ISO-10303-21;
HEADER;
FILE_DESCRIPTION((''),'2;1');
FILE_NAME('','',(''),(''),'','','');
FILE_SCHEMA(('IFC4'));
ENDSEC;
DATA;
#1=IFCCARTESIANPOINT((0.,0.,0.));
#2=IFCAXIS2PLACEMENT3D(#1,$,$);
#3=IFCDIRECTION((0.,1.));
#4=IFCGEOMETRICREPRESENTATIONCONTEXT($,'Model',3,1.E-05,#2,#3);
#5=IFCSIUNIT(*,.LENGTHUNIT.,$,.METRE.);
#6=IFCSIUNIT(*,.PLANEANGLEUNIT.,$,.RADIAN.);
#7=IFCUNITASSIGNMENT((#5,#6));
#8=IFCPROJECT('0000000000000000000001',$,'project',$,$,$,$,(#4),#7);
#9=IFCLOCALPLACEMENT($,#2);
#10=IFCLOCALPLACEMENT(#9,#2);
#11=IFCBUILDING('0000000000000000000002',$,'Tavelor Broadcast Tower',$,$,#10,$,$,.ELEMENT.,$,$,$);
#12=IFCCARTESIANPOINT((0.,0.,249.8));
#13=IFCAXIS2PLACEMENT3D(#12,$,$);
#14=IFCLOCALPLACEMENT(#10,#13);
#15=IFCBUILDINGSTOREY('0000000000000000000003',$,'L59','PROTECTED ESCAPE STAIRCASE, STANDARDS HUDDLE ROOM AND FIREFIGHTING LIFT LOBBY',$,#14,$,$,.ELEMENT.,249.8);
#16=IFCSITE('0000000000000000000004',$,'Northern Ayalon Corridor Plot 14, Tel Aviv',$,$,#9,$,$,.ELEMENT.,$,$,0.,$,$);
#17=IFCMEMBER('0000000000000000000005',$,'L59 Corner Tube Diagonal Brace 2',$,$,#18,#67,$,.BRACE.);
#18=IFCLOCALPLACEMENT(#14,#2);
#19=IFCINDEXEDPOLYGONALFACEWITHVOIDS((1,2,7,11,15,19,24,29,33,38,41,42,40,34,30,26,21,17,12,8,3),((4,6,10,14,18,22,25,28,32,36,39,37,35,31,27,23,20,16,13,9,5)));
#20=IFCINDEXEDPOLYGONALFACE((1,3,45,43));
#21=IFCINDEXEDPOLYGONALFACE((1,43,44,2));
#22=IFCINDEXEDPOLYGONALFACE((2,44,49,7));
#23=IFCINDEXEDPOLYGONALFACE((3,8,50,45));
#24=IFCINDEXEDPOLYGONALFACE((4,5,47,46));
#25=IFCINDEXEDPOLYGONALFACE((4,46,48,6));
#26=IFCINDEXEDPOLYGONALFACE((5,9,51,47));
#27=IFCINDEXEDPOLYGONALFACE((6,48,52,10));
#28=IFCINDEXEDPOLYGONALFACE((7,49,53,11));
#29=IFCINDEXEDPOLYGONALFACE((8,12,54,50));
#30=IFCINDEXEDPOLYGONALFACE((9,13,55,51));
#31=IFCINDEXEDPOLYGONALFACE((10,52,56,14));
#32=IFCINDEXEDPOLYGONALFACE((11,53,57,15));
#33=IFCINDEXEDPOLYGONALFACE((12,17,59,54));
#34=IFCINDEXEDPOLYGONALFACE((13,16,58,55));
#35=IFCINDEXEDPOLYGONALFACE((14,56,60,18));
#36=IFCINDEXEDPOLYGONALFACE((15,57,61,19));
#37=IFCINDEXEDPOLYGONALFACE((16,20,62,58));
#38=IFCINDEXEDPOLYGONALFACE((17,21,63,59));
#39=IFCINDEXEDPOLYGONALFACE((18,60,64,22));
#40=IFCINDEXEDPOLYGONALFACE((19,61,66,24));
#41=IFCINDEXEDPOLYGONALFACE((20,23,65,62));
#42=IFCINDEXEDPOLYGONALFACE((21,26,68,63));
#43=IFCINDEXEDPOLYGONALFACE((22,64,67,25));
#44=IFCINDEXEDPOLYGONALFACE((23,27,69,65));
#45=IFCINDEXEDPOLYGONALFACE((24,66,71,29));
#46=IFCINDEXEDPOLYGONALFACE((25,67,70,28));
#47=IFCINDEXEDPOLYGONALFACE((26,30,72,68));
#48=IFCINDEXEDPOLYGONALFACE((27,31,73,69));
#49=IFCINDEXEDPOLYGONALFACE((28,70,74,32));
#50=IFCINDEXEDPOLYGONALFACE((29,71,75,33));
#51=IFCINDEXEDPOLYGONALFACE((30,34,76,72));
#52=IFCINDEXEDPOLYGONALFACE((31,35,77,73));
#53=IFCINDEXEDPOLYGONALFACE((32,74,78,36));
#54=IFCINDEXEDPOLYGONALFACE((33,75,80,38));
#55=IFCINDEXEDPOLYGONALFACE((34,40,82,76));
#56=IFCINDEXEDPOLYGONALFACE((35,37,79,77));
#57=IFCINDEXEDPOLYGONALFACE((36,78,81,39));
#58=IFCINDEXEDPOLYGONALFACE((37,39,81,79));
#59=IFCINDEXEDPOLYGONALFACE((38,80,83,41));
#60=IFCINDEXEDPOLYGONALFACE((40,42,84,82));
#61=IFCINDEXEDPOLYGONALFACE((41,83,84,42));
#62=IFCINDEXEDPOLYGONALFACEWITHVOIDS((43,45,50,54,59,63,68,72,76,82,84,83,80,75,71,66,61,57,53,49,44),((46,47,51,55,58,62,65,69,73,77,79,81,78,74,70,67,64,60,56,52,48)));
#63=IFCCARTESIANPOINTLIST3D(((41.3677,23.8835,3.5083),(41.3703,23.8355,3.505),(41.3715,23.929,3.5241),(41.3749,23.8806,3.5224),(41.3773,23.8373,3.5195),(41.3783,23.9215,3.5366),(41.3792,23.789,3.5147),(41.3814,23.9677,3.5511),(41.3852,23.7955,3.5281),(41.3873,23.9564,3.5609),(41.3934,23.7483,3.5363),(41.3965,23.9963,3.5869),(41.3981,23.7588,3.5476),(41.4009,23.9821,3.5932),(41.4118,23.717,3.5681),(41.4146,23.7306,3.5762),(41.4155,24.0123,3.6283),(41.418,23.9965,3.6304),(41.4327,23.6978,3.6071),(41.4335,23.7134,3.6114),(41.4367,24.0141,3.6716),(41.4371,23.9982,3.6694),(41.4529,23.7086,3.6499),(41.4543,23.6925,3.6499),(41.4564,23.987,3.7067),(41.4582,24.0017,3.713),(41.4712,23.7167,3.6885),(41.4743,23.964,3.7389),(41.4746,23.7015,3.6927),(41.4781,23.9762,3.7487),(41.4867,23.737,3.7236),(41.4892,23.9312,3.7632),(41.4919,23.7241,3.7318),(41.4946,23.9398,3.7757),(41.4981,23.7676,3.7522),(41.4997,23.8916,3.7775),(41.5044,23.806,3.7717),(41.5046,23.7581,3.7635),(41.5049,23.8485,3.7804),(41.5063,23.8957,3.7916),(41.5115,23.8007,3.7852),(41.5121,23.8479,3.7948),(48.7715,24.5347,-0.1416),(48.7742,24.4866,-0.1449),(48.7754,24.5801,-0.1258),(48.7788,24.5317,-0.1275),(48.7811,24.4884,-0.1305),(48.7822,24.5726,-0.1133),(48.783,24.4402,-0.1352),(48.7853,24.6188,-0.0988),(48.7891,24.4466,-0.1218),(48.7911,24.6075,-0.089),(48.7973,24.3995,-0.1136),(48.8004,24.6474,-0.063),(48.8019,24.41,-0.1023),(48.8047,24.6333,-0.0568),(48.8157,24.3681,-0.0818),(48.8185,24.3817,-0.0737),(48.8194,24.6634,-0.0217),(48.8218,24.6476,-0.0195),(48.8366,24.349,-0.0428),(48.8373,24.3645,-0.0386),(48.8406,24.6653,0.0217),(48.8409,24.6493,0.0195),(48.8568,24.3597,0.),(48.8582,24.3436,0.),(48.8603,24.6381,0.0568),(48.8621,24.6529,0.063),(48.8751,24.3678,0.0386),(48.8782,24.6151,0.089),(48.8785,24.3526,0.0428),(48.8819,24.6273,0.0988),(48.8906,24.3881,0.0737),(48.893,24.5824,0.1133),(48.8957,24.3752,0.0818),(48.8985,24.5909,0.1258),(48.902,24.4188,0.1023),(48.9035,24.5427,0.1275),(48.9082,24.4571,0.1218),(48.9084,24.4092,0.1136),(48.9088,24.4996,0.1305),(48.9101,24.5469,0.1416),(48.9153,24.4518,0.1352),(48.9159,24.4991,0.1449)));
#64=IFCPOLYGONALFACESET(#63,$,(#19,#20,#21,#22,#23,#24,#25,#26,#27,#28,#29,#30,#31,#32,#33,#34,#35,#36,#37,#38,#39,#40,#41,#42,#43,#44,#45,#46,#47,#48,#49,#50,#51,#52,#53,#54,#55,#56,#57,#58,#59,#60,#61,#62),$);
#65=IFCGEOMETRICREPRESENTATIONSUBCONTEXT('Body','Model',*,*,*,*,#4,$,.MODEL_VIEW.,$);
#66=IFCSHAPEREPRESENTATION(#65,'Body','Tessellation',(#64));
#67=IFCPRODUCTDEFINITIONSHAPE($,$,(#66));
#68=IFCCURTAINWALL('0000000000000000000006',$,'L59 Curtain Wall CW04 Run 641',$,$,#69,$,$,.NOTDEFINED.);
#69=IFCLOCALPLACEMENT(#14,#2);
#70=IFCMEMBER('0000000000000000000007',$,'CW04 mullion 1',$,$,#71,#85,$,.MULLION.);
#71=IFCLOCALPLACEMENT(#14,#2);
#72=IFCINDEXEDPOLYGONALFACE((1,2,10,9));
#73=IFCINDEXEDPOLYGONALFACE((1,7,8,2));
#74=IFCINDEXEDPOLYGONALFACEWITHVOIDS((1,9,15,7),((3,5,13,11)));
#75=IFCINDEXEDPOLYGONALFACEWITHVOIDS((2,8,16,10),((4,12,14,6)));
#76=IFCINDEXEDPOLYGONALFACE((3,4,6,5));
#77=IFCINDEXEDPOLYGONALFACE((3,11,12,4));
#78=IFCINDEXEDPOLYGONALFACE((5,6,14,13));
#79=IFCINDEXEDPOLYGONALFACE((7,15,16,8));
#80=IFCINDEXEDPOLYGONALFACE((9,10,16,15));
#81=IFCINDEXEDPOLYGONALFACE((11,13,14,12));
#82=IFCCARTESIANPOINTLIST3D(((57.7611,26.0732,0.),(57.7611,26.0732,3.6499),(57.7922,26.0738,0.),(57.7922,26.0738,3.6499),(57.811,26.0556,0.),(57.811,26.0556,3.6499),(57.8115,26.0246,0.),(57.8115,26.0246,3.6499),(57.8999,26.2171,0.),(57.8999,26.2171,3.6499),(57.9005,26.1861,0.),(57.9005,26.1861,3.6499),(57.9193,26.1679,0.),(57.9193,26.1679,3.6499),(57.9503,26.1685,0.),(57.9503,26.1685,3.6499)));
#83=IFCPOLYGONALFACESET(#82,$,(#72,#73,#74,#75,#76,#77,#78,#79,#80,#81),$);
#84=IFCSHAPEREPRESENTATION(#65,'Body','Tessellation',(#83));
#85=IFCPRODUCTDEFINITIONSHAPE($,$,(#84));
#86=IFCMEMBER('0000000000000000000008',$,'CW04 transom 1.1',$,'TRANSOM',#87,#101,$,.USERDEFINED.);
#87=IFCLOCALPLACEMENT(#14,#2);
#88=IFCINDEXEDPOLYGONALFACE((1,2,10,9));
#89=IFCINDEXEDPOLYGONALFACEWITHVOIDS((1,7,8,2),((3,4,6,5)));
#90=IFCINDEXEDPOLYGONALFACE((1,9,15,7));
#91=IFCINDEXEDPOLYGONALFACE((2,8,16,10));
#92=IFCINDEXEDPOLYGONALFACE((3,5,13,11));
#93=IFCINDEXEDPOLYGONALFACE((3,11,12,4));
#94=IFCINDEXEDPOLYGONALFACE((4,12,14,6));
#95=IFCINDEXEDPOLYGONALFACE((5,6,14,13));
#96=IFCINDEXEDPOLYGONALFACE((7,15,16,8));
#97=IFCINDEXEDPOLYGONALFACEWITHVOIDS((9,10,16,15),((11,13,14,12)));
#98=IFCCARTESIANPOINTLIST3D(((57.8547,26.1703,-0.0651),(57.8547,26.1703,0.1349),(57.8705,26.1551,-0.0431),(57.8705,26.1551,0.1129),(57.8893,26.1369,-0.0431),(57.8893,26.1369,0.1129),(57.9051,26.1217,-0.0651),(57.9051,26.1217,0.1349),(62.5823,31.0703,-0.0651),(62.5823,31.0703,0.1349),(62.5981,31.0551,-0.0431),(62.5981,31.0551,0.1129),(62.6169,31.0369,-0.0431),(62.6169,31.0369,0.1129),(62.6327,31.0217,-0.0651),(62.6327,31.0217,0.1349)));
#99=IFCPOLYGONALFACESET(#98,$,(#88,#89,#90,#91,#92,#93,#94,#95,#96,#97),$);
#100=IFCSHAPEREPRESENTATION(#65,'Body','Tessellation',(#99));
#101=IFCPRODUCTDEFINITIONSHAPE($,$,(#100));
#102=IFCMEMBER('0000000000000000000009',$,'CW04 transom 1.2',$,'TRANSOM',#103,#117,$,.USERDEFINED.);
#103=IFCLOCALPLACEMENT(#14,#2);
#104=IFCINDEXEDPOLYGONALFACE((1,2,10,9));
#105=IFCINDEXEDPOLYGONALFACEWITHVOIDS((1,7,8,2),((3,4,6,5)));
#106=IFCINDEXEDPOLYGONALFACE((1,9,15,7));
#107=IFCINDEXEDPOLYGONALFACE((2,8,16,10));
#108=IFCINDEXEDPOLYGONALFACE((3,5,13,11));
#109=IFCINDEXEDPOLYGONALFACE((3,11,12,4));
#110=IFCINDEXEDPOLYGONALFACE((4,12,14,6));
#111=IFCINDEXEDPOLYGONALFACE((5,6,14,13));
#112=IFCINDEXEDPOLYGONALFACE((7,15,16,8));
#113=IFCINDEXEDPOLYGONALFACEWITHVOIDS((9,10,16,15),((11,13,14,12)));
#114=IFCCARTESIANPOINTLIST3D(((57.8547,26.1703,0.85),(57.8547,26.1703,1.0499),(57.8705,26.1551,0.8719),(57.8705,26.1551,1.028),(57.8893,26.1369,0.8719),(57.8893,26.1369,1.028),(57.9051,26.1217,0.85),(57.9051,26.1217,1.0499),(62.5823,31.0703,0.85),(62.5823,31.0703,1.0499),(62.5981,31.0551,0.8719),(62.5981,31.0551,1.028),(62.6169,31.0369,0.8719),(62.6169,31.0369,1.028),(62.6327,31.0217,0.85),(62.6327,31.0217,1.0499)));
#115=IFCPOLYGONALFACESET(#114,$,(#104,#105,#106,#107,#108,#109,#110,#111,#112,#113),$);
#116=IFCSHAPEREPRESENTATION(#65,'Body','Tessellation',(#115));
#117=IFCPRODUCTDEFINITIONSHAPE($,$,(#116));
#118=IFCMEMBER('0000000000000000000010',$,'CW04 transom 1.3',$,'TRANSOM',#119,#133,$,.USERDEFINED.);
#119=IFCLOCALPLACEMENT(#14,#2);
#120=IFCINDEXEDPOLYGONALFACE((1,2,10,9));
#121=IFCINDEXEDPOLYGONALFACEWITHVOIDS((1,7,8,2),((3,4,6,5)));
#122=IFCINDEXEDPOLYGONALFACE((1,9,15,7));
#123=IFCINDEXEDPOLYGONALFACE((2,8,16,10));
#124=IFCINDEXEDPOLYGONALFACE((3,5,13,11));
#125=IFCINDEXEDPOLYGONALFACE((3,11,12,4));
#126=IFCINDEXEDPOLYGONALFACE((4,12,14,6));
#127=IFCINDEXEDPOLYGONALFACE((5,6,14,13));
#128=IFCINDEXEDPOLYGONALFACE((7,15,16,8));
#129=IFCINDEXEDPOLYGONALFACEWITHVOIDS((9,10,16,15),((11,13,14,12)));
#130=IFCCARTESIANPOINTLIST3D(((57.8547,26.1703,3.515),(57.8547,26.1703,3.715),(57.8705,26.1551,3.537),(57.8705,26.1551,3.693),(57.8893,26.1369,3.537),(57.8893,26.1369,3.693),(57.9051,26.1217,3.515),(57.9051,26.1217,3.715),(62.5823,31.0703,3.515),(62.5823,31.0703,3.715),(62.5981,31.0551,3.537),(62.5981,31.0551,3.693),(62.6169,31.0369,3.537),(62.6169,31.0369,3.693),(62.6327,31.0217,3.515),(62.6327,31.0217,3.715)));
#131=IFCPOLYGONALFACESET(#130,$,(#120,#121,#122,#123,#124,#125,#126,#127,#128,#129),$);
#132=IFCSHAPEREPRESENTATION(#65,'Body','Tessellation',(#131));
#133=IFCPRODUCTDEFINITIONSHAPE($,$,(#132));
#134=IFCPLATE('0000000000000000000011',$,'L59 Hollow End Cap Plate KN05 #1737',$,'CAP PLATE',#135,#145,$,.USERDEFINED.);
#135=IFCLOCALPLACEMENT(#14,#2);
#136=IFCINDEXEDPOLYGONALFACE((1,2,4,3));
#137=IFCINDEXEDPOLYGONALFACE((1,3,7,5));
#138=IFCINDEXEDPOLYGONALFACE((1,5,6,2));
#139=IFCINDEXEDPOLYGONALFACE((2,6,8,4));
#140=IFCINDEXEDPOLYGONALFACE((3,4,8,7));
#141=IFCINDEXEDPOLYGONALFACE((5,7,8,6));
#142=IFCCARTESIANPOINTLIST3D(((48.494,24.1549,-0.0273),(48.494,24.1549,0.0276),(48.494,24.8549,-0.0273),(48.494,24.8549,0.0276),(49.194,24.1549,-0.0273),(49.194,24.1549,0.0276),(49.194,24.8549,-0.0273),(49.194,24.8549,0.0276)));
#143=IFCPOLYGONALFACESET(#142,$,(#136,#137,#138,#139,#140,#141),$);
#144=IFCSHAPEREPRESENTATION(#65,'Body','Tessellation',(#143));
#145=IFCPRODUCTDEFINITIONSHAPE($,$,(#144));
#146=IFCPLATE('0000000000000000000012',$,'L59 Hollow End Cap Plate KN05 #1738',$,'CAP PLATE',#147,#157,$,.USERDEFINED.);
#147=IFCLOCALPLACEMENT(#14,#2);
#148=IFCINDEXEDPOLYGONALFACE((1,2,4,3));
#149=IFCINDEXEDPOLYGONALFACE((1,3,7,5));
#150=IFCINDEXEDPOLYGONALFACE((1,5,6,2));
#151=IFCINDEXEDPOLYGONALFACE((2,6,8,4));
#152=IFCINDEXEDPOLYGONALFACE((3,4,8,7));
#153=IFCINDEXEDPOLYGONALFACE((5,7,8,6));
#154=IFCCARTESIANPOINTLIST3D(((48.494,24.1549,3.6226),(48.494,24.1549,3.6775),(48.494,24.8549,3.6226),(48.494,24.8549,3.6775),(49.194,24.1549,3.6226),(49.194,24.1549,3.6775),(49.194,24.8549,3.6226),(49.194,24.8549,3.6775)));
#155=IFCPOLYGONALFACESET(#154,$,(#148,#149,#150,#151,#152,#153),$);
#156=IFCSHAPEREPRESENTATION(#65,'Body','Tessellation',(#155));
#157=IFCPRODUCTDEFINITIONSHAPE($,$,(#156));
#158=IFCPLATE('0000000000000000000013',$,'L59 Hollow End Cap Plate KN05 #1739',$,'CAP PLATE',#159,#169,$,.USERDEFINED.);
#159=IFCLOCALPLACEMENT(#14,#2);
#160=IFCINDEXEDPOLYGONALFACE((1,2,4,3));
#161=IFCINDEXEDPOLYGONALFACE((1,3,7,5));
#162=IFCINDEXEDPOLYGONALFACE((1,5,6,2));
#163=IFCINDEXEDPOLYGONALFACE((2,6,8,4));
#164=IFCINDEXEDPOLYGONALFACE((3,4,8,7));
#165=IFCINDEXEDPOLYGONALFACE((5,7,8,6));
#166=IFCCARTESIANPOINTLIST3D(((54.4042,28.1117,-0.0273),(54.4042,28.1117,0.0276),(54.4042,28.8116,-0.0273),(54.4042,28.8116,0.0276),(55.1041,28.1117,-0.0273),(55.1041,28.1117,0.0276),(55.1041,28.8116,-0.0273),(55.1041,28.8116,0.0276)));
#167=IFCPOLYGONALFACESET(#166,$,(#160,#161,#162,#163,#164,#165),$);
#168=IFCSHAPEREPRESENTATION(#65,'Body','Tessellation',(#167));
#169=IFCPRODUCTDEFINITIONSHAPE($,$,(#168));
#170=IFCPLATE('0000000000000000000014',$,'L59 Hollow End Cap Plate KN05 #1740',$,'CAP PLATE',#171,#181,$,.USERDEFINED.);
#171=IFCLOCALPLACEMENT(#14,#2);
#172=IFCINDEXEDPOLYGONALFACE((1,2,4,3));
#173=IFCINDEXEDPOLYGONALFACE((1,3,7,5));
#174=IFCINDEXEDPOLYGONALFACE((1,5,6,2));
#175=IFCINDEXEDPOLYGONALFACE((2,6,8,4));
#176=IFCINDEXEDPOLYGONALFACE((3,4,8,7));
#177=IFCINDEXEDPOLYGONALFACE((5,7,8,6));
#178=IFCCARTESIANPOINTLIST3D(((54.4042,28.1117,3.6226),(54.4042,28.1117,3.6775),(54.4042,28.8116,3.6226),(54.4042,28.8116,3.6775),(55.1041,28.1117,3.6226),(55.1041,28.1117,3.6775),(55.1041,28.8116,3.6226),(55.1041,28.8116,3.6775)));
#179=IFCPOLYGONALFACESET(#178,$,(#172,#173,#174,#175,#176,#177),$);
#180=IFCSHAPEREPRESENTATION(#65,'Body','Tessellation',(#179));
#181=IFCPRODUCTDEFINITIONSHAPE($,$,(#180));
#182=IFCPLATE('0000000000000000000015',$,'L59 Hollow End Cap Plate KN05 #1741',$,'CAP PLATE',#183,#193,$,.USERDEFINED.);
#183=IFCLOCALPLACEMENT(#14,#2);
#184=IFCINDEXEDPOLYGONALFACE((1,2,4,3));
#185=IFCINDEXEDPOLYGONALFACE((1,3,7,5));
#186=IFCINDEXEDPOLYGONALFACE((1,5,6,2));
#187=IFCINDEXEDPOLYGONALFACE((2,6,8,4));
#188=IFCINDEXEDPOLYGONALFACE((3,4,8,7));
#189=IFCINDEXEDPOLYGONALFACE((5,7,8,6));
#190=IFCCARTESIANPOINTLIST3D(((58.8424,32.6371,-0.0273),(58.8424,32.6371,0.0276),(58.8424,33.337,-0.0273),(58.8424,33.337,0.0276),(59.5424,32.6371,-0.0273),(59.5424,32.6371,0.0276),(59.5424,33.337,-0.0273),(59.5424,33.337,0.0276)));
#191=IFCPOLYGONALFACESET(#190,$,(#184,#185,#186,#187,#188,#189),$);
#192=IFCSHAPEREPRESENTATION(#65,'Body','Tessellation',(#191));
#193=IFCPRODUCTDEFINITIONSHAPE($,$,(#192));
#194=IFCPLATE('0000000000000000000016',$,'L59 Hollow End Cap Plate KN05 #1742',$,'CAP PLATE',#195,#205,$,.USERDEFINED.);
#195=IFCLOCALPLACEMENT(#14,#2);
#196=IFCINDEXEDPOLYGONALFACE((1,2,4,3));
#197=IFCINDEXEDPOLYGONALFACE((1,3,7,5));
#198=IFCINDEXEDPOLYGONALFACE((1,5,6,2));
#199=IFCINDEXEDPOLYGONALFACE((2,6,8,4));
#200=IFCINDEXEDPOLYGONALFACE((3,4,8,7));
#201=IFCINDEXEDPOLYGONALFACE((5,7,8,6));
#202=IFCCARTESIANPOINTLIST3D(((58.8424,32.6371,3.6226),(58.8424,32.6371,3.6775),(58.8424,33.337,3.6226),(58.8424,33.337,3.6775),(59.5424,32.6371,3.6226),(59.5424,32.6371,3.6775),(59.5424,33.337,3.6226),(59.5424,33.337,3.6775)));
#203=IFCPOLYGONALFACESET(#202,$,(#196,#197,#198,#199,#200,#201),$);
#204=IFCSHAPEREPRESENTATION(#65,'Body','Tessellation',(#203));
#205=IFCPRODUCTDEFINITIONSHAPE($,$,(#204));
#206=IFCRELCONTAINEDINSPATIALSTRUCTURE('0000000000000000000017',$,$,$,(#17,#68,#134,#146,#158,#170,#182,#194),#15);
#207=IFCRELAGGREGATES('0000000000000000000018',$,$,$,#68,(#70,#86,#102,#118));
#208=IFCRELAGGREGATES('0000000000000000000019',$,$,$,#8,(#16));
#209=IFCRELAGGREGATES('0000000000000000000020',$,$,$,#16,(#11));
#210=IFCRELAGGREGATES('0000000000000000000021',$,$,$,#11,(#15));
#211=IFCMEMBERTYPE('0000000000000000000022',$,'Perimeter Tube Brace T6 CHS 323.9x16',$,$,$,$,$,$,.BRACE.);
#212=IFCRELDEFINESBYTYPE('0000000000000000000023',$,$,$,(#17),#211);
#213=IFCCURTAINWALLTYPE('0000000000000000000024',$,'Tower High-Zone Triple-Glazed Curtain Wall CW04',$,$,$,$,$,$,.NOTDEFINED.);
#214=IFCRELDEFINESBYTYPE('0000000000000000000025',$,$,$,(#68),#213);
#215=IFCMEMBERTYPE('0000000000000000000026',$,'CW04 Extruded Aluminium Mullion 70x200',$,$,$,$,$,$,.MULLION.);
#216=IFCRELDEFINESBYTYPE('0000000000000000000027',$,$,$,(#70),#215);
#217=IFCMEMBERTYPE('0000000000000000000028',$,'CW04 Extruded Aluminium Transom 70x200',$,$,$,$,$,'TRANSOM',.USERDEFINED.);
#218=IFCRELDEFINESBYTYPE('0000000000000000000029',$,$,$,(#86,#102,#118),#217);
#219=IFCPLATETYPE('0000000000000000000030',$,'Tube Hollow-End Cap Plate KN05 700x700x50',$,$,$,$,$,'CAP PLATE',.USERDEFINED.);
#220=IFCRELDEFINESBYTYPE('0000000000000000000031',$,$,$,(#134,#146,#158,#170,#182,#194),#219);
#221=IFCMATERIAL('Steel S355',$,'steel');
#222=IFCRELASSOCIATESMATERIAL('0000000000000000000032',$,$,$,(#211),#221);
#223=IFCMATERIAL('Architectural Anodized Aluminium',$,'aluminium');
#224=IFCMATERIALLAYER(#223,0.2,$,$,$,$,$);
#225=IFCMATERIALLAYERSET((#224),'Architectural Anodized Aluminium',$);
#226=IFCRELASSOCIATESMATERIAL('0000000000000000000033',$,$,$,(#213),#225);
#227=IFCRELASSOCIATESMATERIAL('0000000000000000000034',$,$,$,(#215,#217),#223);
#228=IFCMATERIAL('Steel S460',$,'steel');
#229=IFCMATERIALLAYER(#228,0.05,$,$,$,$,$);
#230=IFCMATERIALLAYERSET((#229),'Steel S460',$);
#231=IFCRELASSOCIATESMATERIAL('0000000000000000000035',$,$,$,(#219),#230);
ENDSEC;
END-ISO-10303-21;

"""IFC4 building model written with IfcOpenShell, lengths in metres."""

from ifc_helpers import new_model, si_unit, direction, frame, origin, origin_2d, place, context, subcontext, project, spatial, rectangle, hollow_rectangle, hollow_circle, extrude, source, transform, mapped, material, layer, layer_set, material_profile, profile_set, type_object, type_shapes, element, aggregate, save


model = new_model("IFC4")

# Units and contexts
model_context = context("Model", 3, precision=1e-05, world=origin(), true_north=direction((0.0, 1.0)))
body_context = subcontext(model_context, "Body", "Model", "MODEL_VIEW")
ifc_project = project(units=[si_unit("LENGTHUNIT", "METRE"), si_unit("PLANEANGLEUNIT", "RADIAN")], contexts=[model_context])

# Site, building, storey
site_placement = place(None, origin())
site = spatial("IfcSite", under=ifc_project, at=site_placement, Name="Northern Ayalon Corridor Plot 14, Tel Aviv", CompositionType="ELEMENT", RefElevation=0.0)
building_placement = place(site_placement, origin())
building = spatial("IfcBuilding", under=site, at=building_placement, Name="Tavelor Broadcast Tower", CompositionType="ELEMENT")
storey_placement = place(building_placement, frame((0.0, 0.0, 249.8)))
storey = spatial("IfcBuildingStorey", under=building, at=storey_placement, Name="L59", Description="PROTECTED ESCAPE STAIRCASE, STANDARDS HUDDLE ROOM AND FIREFIGHTING LIFT LOBBY", CompositionType="ELEMENT", Elevation=249.8)

# Shared definitions
ifc_material_1 = material(Name="Steel S460", Category="steel")

# Shared definitions
ifc_material_2 = material(Name="Steel S355", Category="steel")

# Member
ifc_material_profile_1 = material_profile(ifc_material_2, hollow_circle(Radius=0.1619, WallThickness=0.0161, at=origin_2d()), Name="CHS 323.9x16")
ifc_profile_set_1 = profile_set([ifc_material_profile_1], Name="Steel S355")
member_type_1 = type_object("IfcMemberType", Name="Perimeter Tube Brace T6 CHS 323.9x16", PredefinedType="BRACE", material=ifc_profile_set_1)
member_1_placement = place(storey_placement, frame((48.844, 24.5049, 0.0), z_axis=(-0.894155, -0.078636, 0.440797), x_axis=(0.087606, -0.996155, 0.0)))
element("IfcMember", 1, at=member_1_placement, inside=storey, type_object=member_type_1, Name="L59 Corner Tube Diagonal Brace 2", PredefinedType="BRACE", context=body_context, shape_type="SweptSolid", body=[
    extrude(hollow_circle(Radius=0.1619, WallThickness=0.0161, at=origin_2d()), origin(), (0.0, 0.0, 1.0), 8.2803),
])

# Curtain wall, members
ifc_material_3 = material(Name="Architectural Anodized Aluminium", Category="aluminium")
ifc_layer_1 = layer(ifc_material_3, 0.2)
ifc_layer_set_1 = layer_set([ifc_layer_1], Name="Architectural Anodized Aluminium")
curtain_wall_type = type_object("IfcCurtainWallType", Name="Tower High-Zone Triple-Glazed Curtain Wall CW04", PredefinedType="NOTDEFINED", material=ifc_layer_set_1)
curtain_wall_placement = place(storey_placement, origin())
curtain_wall = element("IfcCurtainWall", 2, at=curtain_wall_placement, inside=storey, type_object=curtain_wall_type, Name="L59 Curtain Wall CW04 Run 641", PredefinedType="NOTDEFINED")
ifc_material_profile_2 = material_profile(ifc_material_3, hollow_rectangle(XDim=0.0701, YDim=0.2, WallThickness=0.022, at=origin_2d()), Name="RHS 70x200x22")
ifc_profile_set_2 = profile_set([ifc_material_profile_2], Name="Architectural Anodized Aluminium")
member_type_2 = type_object("IfcMemberType", Name="CW04 Extruded Aluminium Mullion 70x200", PredefinedType="MULLION", material=ifc_profile_set_2)
shared_shape_1 = source(origin(), body_context, "Body", "SweptSolid", [
    extrude(hollow_rectangle(XDim=0.0701, YDim=0.2, WallThickness=0.022, at=origin_2d()), origin(), (0.0, 0.0, 1.0), 3.6499),
])
type_shapes(member_type_2, [shared_shape_1])
member_2_placement = place(storey_placement, frame((57.8557, 26.1208, 0.0), z_axis=(0.0, 0.0, 1.0), x_axis=(-0.71965, 0.694337, 0.0)))
member_2 = element("IfcMember", 3, at=member_2_placement, type_object=member_type_2, Name="CW04 mullion 1", PredefinedType="MULLION", context=body_context, shape_type="MappedRepresentation", body=[
    mapped(shared_shape_1, transform((0.0, 0.0, 0.0), scale=1.0)),
])
ifc_material_profile_3 = material_profile(ifc_material_3, hollow_rectangle(XDim=0.0701, YDim=0.2, WallThickness=0.022, at=origin_2d()), Name="RHS 70x200x22")
ifc_profile_set_3 = profile_set([ifc_material_profile_3], Name="Architectural Anodized Aluminium")
member_type_3 = type_object("IfcMemberType", Name="CW04 Extruded Aluminium Transom 70x200", ElementType="TRANSOM", PredefinedType="USERDEFINED", material=ifc_profile_set_3)
shared_shape_2 = source(origin(), body_context, "Body", "SweptSolid", [
    extrude(hollow_rectangle(XDim=0.0701, YDim=0.2, WallThickness=0.022, at=origin_2d()), origin(), (0.0, 0.0, 1.0), 6.8088),
])
type_shapes(member_type_3, [shared_shape_2])
member_3_placement = place(storey_placement, frame((57.8799, 26.146, 0.0349), z_axis=(0.694336, 0.719651, 0.0), x_axis=(-0.719651, 0.694336, 0.0)))
member_3 = element("IfcMember", 4, at=member_3_placement, type_object=member_type_3, Name="CW04 transom 1.1", ObjectType="TRANSOM", PredefinedType="USERDEFINED", context=body_context, shape_type="MappedRepresentation", body=[
    mapped(shared_shape_2, transform((0.0, 0.0, 0.0), scale=1.0)),
])
member_4_placement = place(storey_placement, frame((57.8799, 26.146, 0.95), z_axis=(0.694336, 0.719651, 0.0), x_axis=(-0.719651, 0.694336, 0.0)))
member_4 = element("IfcMember", 5, at=member_4_placement, type_object=member_type_3, Name="CW04 transom 1.2", ObjectType="TRANSOM", PredefinedType="USERDEFINED", context=body_context, shape_type="MappedRepresentation", body=[
    mapped(shared_shape_2, transform((0.0, 0.0, 0.0), scale=1.0)),
])
member_5_placement = place(storey_placement, frame((57.8799, 26.146, 3.615), z_axis=(0.694336, 0.719651, 0.0), x_axis=(-0.719651, 0.694336, 0.0)))
member_5 = element("IfcMember", 6, at=member_5_placement, type_object=member_type_3, Name="CW04 transom 1.3", ObjectType="TRANSOM", PredefinedType="USERDEFINED", context=body_context, shape_type="MappedRepresentation", body=[
    mapped(shared_shape_2, transform((0.0, 0.0, 0.0), scale=1.0)),
])
aggregate(curtain_wall, [member_2, member_3, member_4, member_5])

# Plates
ifc_layer_2 = layer(ifc_material_1, 0.05)
ifc_layer_set_2 = layer_set([ifc_layer_2], Name="Steel S460")
plate_type = type_object("IfcPlateType", Name="Tube Hollow-End Cap Plate KN05 700x700x50", ElementType="CAP PLATE", PredefinedType="USERDEFINED", material=ifc_layer_set_2)
shared_shape_3 = source(origin(), body_context, "Body", "SweptSolid", [
    extrude(rectangle(XDim=0.7, YDim=0.7, at=origin_2d()), origin(), (0.0, 0.0, 1.0), 0.0549),
])
type_shapes(plate_type, [shared_shape_3])
for number, where, z_axis, x_axis, name in (
    (7, (48.844, 24.5049, -0.0273), (0.0, 0.0, 1.0), (1.0, 0.0, 0.0), "L59 Hollow End Cap Plate KN05 #1737"),
    (8, (48.844, 24.5049, 3.6226), (0.0, 0.0, 1.0), (1.0, 0.0, 0.0), "L59 Hollow End Cap Plate KN05 #1738"),
    (9, (54.7542, 28.4617, -0.0273), (0.0, 0.0, 1.0), (1.0, 0.0, 0.0), "L59 Hollow End Cap Plate KN05 #1739"),
    (10, (54.7542, 28.4617, 3.6226), (0.0, 0.0, 1.0), (1.0, 0.0, 0.0), "L59 Hollow End Cap Plate KN05 #1740"),
    (11, (59.1924, 32.9871, -0.0273), (0.0, 0.0, 1.0), (1.0, 0.0, 0.0), "L59 Hollow End Cap Plate KN05 #1741"),
    (12, (59.1924, 32.9871, 3.6226), (0.0, 0.0, 1.0), (1.0, 0.0, 0.0), "L59 Hollow End Cap Plate KN05 #1742"),
):
    element("IfcPlate", number, at=place(storey_placement, frame(where, z_axis=z_axis, x_axis=x_axis)), inside=storey, type_object=plate_type, Name=name, ObjectType="CAP PLATE", PredefinedType="USERDEFINED", context=body_context, shape_type="MappedRepresentation", body=[
        mapped(shared_shape_3, transform((0.0, 0.0, 0.0), scale=1.0)),
    ])

save(model, "model.ifc")
